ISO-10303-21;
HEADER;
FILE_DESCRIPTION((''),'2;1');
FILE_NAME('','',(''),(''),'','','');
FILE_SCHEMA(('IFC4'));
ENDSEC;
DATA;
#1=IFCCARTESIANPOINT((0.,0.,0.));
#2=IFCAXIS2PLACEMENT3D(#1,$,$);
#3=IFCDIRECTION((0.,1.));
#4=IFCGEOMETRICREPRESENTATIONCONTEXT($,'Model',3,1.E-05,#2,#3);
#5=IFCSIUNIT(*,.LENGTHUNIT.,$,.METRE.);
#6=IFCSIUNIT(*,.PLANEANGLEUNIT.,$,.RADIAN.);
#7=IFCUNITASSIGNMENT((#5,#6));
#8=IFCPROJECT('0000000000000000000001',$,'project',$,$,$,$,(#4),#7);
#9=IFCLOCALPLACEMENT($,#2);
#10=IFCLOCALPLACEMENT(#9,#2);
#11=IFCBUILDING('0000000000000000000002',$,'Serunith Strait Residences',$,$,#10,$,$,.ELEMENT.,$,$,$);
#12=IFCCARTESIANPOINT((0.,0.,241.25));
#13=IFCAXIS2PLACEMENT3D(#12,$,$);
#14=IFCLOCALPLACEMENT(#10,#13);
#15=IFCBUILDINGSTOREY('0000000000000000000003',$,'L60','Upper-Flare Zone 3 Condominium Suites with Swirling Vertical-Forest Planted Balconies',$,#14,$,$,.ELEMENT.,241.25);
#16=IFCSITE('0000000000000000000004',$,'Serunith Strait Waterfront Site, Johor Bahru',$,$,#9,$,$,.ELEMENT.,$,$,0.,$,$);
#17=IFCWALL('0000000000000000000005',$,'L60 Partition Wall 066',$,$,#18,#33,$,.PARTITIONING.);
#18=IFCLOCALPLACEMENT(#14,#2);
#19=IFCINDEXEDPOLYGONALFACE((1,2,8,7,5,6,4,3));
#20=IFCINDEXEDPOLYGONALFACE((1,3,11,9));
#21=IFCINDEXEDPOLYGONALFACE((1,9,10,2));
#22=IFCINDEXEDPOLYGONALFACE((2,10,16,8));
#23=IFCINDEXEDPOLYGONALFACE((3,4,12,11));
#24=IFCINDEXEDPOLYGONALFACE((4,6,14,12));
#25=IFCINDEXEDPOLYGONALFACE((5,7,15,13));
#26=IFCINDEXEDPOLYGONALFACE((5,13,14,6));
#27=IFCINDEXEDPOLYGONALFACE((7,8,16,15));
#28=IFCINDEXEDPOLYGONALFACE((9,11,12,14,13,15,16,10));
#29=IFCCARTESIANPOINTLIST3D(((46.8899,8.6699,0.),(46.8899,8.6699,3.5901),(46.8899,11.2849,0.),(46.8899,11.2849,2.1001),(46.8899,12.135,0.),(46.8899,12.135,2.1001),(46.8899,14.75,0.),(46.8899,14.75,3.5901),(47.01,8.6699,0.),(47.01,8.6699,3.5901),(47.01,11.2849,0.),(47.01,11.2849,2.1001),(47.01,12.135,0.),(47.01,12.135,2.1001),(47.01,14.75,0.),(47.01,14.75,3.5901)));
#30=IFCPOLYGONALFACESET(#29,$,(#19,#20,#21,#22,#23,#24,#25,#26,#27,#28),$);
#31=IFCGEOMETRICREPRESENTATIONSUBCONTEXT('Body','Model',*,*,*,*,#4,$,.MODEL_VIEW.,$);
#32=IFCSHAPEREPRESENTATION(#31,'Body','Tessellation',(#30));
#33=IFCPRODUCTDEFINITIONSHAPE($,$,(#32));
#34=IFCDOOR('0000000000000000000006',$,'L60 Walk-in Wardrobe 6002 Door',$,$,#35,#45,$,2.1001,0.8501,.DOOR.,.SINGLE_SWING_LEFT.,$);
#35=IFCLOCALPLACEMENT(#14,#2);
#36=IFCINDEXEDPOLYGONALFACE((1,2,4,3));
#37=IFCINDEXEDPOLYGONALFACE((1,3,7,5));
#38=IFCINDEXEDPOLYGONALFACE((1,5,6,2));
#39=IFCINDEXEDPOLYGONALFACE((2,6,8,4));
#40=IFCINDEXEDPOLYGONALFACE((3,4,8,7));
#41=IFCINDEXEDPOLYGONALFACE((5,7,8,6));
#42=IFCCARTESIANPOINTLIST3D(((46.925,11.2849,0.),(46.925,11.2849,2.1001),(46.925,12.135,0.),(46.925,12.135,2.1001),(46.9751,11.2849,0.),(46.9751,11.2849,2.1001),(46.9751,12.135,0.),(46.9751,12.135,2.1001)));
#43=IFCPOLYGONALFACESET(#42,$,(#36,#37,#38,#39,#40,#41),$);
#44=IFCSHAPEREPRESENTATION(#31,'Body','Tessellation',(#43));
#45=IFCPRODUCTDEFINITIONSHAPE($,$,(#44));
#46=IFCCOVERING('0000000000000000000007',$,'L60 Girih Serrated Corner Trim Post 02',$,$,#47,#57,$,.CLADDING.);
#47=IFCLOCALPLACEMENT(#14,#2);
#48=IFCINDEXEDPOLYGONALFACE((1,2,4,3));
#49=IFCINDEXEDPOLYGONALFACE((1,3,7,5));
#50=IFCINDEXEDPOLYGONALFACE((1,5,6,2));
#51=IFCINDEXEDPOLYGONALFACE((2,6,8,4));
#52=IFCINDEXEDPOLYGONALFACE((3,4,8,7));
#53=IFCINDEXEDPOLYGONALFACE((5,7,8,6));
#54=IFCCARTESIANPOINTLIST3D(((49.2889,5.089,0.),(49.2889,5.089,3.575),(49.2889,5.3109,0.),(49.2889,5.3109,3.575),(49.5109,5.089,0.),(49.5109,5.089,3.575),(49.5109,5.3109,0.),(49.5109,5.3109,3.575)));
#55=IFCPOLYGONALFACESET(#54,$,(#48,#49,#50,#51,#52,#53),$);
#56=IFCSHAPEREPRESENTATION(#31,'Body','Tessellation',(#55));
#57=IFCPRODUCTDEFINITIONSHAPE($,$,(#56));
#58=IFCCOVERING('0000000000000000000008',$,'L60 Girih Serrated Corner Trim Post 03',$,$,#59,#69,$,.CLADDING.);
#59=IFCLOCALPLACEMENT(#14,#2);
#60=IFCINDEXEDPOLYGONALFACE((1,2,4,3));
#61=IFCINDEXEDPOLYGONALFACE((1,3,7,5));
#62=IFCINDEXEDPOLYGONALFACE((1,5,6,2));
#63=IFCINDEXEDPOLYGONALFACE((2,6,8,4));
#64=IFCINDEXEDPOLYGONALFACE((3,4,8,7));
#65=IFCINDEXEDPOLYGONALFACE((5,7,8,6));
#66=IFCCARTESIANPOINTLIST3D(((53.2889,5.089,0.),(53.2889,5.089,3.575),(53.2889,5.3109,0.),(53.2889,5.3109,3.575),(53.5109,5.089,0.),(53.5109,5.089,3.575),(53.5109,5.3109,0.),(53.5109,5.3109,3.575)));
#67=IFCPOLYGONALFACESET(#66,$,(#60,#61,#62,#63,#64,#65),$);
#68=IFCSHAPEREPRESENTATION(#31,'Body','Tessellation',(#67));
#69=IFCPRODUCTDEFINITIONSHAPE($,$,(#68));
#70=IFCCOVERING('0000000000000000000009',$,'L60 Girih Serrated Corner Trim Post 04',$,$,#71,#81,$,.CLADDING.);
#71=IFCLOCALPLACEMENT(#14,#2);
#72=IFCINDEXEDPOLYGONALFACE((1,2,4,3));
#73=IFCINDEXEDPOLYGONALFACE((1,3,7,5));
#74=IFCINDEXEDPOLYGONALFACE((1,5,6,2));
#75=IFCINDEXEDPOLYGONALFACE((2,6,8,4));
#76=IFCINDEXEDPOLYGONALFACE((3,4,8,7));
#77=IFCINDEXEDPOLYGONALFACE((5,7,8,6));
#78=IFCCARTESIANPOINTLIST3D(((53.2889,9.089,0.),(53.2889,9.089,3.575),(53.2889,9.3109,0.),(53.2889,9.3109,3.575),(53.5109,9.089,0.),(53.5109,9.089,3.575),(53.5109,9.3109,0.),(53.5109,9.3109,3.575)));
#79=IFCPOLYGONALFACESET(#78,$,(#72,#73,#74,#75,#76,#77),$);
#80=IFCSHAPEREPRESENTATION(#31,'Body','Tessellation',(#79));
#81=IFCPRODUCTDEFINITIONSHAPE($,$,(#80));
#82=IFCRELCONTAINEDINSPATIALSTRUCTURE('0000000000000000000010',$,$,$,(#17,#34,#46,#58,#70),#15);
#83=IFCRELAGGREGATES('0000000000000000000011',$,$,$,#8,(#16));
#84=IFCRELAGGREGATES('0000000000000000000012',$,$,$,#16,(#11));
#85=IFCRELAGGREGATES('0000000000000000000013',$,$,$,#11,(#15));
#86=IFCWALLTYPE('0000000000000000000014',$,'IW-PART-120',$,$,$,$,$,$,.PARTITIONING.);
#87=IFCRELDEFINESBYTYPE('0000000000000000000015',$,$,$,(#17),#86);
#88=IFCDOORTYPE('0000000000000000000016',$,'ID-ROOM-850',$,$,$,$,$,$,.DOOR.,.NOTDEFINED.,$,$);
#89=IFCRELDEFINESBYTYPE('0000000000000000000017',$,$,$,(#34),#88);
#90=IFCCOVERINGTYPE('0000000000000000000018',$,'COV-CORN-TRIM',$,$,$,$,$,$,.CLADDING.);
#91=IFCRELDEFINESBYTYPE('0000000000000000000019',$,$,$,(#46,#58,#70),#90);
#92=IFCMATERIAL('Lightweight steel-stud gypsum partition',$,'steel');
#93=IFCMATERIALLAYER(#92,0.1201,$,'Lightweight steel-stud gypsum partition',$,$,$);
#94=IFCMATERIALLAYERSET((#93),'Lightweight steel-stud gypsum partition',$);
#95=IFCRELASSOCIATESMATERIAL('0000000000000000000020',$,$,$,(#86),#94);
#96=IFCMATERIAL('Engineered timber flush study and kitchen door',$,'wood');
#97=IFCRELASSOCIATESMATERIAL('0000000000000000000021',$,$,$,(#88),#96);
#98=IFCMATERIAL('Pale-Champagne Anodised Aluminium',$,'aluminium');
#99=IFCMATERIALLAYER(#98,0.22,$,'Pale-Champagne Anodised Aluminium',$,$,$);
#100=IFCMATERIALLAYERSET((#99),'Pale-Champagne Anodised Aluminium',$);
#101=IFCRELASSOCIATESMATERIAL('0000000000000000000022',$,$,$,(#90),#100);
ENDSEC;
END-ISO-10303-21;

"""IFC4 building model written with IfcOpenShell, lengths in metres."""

from ifc_helpers import new_model, si_unit, direction, frame, frame_2d, origin, origin_2d, place, context, subcontext, project, spatial, rectangle, extrude, source, transform, mapped, material, layer, layer_set, type_object, element, fill, save


model = new_model("IFC4")

# Units and contexts
model_context = context("Model", 3, precision=1e-05, world=origin(), true_north=direction((0.0, 1.0)))
body_context = subcontext(model_context, "Body", "Model", "MODEL_VIEW")
ifc_project = project(units=[si_unit("LENGTHUNIT", "METRE"), si_unit("PLANEANGLEUNIT", "RADIAN")], contexts=[model_context])

# Site, building, storey
site_placement = place(None, origin())
site = spatial("IfcSite", under=ifc_project, at=site_placement, Name="Serunith Strait Waterfront Site, Johor Bahru", CompositionType="ELEMENT", RefElevation=0.0)
building_placement = place(site_placement, origin())
building = spatial("IfcBuilding", under=site, at=building_placement, Name="Serunith Strait Residences", CompositionType="ELEMENT")
storey_placement = place(building_placement, frame((0.0, 0.0, 241.25)))
storey = spatial("IfcBuildingStorey", under=building, at=storey_placement, Name="L60", Description="Upper-Flare Zone 3 Condominium Suites with Swirling Vertical-Forest Planted Balconies", CompositionType="ELEMENT", Elevation=241.25)

# Shared definitions
ifc_material_1 = material(Name="Pale-Champagne Anodised Aluminium", Category="aluminium")

# Shared definitions
ifc_material_2 = material(Name="Lightweight steel-stud gypsum partition", Category="steel")
ifc_layer_1 = layer(ifc_material_2, 0.1201, Name="Lightweight steel-stud gypsum partition")
ifc_layer_set_1 = layer_set([ifc_layer_1], Name="Lightweight steel-stud gypsum partition")
wall_type_1 = type_object("IfcWallType", Name="IW-PART-120", PredefinedType="PARTITIONING", material=ifc_layer_set_1)

# Wall, opening, door
wall_1_placement = place(storey_placement, frame((46.95, 8.6699, 0.0), z_axis=(0.0, 0.0, 1.0), x_axis=(0.0, 1.0, 0.0)))
wall_1 = element("IfcWall", 1, at=wall_1_placement, inside=storey, type_object=wall_type_1, Name="L60 Partition Wall 066", PredefinedType="PARTITIONING", context=body_context, shape_type="SweptSolid", body=[
    extrude(rectangle(XDim=6.0801, YDim=0.1201, at=frame_2d((3.04, 0.0))), origin(), (0.0, 0.0, 1.0), 3.5901),
])
opening_1_placement = place(wall_1_placement, frame((2.615, 0.0, 0.0)))
opening_1 = element("IfcOpeningElement", 2, at=opening_1_placement, cuts=wall_1, PredefinedType="OPENING", context=body_context, shape_type="SweptSolid", body=[
    extrude(rectangle(XDim=0.8501, YDim=2.1001, at=frame_2d((0.425, 1.05))), frame((0.0, 0.0701, 0.0), z_axis=(0.0, -1.0, 0.0), x_axis=(1.0, 0.0, 0.0)), (0.0, 0.0, 1.0), 0.1401),
])
ifc_material_3 = material(Name="Engineered timber flush study and kitchen door", Category="wood")
door_type_1 = type_object("IfcDoorType", Name="ID-ROOM-850", OperationType="NOTDEFINED", PredefinedType="DOOR", material=ifc_material_3)
shared_shape_1 = source(origin(), body_context, "Body", "SweptSolid", [
    extrude(rectangle(XDim=0.8501, YDim=2.1001, at=frame_2d((0.425, 1.05))), frame((0.0, 0.0249, 0.0), z_axis=(0.0, -1.0, 0.0), x_axis=(1.0, 0.0, 0.0)), (0.0, 0.0, 1.0), 0.05),
])
door_1_placement = place(opening_1_placement, origin())
door_1 = element("IfcDoor", 3, at=door_1_placement, inside=storey, type_object=door_type_1, Name="L60 Walk-in Wardrobe 6002 Door", OperationType="SINGLE_SWING_LEFT", OverallHeight=2.1001, OverallWidth=0.8501, PredefinedType="DOOR", context=body_context, shape_type="MappedRepresentation", body=[
    mapped(shared_shape_1, transform((0.0, 0.0, 0.0), scale=1.0)),
])
fill(opening_1, door_1)

# Coverings
ifc_layer_2 = layer(ifc_material_1, 0.22, Name="Pale-Champagne Anodised Aluminium")
ifc_layer_set_2 = layer_set([ifc_layer_2], Name="Pale-Champagne Anodised Aluminium")
covering_type = type_object("IfcCoveringType", Name="COV-CORN-TRIM", PredefinedType="CLADDING", material=ifc_layer_set_2)
shared_shape_2 = source(origin(), body_context, "Body", "SweptSolid", [
    extrude(rectangle(XDim=0.2219, YDim=0.2219, at=origin_2d()), origin(), (0.0, 0.0, 1.0), 3.575),
])
for number, where, z_axis, x_axis, name in (
    (4, (49.3999, 5.2, 0.0), (0.0, 0.0, 1.0), (1.0, 0.0, 0.0), "L60 Girih Serrated Corner Trim Post 02"),
    (5, (53.3999, 5.2, 0.0), (0.0, 0.0, 1.0), (1.0, 0.0, 0.0), "L60 Girih Serrated Corner Trim Post 03"),
    (6, (53.3999, 9.2, 0.0), (0.0, 0.0, 1.0), (1.0, 0.0, 0.0), "L60 Girih Serrated Corner Trim Post 04"),
):
    element("IfcCovering", number, at=place(storey_placement, frame(where, z_axis=z_axis, x_axis=x_axis)), inside=storey, type_object=covering_type, Name=name, PredefinedType="CLADDING", context=body_context, shape_type="MappedRepresentation", body=[
        mapped(shared_shape_2, transform((0.0, 0.0, 0.0), scale=1.0)),
    ])

save(model, "model.ifc")
